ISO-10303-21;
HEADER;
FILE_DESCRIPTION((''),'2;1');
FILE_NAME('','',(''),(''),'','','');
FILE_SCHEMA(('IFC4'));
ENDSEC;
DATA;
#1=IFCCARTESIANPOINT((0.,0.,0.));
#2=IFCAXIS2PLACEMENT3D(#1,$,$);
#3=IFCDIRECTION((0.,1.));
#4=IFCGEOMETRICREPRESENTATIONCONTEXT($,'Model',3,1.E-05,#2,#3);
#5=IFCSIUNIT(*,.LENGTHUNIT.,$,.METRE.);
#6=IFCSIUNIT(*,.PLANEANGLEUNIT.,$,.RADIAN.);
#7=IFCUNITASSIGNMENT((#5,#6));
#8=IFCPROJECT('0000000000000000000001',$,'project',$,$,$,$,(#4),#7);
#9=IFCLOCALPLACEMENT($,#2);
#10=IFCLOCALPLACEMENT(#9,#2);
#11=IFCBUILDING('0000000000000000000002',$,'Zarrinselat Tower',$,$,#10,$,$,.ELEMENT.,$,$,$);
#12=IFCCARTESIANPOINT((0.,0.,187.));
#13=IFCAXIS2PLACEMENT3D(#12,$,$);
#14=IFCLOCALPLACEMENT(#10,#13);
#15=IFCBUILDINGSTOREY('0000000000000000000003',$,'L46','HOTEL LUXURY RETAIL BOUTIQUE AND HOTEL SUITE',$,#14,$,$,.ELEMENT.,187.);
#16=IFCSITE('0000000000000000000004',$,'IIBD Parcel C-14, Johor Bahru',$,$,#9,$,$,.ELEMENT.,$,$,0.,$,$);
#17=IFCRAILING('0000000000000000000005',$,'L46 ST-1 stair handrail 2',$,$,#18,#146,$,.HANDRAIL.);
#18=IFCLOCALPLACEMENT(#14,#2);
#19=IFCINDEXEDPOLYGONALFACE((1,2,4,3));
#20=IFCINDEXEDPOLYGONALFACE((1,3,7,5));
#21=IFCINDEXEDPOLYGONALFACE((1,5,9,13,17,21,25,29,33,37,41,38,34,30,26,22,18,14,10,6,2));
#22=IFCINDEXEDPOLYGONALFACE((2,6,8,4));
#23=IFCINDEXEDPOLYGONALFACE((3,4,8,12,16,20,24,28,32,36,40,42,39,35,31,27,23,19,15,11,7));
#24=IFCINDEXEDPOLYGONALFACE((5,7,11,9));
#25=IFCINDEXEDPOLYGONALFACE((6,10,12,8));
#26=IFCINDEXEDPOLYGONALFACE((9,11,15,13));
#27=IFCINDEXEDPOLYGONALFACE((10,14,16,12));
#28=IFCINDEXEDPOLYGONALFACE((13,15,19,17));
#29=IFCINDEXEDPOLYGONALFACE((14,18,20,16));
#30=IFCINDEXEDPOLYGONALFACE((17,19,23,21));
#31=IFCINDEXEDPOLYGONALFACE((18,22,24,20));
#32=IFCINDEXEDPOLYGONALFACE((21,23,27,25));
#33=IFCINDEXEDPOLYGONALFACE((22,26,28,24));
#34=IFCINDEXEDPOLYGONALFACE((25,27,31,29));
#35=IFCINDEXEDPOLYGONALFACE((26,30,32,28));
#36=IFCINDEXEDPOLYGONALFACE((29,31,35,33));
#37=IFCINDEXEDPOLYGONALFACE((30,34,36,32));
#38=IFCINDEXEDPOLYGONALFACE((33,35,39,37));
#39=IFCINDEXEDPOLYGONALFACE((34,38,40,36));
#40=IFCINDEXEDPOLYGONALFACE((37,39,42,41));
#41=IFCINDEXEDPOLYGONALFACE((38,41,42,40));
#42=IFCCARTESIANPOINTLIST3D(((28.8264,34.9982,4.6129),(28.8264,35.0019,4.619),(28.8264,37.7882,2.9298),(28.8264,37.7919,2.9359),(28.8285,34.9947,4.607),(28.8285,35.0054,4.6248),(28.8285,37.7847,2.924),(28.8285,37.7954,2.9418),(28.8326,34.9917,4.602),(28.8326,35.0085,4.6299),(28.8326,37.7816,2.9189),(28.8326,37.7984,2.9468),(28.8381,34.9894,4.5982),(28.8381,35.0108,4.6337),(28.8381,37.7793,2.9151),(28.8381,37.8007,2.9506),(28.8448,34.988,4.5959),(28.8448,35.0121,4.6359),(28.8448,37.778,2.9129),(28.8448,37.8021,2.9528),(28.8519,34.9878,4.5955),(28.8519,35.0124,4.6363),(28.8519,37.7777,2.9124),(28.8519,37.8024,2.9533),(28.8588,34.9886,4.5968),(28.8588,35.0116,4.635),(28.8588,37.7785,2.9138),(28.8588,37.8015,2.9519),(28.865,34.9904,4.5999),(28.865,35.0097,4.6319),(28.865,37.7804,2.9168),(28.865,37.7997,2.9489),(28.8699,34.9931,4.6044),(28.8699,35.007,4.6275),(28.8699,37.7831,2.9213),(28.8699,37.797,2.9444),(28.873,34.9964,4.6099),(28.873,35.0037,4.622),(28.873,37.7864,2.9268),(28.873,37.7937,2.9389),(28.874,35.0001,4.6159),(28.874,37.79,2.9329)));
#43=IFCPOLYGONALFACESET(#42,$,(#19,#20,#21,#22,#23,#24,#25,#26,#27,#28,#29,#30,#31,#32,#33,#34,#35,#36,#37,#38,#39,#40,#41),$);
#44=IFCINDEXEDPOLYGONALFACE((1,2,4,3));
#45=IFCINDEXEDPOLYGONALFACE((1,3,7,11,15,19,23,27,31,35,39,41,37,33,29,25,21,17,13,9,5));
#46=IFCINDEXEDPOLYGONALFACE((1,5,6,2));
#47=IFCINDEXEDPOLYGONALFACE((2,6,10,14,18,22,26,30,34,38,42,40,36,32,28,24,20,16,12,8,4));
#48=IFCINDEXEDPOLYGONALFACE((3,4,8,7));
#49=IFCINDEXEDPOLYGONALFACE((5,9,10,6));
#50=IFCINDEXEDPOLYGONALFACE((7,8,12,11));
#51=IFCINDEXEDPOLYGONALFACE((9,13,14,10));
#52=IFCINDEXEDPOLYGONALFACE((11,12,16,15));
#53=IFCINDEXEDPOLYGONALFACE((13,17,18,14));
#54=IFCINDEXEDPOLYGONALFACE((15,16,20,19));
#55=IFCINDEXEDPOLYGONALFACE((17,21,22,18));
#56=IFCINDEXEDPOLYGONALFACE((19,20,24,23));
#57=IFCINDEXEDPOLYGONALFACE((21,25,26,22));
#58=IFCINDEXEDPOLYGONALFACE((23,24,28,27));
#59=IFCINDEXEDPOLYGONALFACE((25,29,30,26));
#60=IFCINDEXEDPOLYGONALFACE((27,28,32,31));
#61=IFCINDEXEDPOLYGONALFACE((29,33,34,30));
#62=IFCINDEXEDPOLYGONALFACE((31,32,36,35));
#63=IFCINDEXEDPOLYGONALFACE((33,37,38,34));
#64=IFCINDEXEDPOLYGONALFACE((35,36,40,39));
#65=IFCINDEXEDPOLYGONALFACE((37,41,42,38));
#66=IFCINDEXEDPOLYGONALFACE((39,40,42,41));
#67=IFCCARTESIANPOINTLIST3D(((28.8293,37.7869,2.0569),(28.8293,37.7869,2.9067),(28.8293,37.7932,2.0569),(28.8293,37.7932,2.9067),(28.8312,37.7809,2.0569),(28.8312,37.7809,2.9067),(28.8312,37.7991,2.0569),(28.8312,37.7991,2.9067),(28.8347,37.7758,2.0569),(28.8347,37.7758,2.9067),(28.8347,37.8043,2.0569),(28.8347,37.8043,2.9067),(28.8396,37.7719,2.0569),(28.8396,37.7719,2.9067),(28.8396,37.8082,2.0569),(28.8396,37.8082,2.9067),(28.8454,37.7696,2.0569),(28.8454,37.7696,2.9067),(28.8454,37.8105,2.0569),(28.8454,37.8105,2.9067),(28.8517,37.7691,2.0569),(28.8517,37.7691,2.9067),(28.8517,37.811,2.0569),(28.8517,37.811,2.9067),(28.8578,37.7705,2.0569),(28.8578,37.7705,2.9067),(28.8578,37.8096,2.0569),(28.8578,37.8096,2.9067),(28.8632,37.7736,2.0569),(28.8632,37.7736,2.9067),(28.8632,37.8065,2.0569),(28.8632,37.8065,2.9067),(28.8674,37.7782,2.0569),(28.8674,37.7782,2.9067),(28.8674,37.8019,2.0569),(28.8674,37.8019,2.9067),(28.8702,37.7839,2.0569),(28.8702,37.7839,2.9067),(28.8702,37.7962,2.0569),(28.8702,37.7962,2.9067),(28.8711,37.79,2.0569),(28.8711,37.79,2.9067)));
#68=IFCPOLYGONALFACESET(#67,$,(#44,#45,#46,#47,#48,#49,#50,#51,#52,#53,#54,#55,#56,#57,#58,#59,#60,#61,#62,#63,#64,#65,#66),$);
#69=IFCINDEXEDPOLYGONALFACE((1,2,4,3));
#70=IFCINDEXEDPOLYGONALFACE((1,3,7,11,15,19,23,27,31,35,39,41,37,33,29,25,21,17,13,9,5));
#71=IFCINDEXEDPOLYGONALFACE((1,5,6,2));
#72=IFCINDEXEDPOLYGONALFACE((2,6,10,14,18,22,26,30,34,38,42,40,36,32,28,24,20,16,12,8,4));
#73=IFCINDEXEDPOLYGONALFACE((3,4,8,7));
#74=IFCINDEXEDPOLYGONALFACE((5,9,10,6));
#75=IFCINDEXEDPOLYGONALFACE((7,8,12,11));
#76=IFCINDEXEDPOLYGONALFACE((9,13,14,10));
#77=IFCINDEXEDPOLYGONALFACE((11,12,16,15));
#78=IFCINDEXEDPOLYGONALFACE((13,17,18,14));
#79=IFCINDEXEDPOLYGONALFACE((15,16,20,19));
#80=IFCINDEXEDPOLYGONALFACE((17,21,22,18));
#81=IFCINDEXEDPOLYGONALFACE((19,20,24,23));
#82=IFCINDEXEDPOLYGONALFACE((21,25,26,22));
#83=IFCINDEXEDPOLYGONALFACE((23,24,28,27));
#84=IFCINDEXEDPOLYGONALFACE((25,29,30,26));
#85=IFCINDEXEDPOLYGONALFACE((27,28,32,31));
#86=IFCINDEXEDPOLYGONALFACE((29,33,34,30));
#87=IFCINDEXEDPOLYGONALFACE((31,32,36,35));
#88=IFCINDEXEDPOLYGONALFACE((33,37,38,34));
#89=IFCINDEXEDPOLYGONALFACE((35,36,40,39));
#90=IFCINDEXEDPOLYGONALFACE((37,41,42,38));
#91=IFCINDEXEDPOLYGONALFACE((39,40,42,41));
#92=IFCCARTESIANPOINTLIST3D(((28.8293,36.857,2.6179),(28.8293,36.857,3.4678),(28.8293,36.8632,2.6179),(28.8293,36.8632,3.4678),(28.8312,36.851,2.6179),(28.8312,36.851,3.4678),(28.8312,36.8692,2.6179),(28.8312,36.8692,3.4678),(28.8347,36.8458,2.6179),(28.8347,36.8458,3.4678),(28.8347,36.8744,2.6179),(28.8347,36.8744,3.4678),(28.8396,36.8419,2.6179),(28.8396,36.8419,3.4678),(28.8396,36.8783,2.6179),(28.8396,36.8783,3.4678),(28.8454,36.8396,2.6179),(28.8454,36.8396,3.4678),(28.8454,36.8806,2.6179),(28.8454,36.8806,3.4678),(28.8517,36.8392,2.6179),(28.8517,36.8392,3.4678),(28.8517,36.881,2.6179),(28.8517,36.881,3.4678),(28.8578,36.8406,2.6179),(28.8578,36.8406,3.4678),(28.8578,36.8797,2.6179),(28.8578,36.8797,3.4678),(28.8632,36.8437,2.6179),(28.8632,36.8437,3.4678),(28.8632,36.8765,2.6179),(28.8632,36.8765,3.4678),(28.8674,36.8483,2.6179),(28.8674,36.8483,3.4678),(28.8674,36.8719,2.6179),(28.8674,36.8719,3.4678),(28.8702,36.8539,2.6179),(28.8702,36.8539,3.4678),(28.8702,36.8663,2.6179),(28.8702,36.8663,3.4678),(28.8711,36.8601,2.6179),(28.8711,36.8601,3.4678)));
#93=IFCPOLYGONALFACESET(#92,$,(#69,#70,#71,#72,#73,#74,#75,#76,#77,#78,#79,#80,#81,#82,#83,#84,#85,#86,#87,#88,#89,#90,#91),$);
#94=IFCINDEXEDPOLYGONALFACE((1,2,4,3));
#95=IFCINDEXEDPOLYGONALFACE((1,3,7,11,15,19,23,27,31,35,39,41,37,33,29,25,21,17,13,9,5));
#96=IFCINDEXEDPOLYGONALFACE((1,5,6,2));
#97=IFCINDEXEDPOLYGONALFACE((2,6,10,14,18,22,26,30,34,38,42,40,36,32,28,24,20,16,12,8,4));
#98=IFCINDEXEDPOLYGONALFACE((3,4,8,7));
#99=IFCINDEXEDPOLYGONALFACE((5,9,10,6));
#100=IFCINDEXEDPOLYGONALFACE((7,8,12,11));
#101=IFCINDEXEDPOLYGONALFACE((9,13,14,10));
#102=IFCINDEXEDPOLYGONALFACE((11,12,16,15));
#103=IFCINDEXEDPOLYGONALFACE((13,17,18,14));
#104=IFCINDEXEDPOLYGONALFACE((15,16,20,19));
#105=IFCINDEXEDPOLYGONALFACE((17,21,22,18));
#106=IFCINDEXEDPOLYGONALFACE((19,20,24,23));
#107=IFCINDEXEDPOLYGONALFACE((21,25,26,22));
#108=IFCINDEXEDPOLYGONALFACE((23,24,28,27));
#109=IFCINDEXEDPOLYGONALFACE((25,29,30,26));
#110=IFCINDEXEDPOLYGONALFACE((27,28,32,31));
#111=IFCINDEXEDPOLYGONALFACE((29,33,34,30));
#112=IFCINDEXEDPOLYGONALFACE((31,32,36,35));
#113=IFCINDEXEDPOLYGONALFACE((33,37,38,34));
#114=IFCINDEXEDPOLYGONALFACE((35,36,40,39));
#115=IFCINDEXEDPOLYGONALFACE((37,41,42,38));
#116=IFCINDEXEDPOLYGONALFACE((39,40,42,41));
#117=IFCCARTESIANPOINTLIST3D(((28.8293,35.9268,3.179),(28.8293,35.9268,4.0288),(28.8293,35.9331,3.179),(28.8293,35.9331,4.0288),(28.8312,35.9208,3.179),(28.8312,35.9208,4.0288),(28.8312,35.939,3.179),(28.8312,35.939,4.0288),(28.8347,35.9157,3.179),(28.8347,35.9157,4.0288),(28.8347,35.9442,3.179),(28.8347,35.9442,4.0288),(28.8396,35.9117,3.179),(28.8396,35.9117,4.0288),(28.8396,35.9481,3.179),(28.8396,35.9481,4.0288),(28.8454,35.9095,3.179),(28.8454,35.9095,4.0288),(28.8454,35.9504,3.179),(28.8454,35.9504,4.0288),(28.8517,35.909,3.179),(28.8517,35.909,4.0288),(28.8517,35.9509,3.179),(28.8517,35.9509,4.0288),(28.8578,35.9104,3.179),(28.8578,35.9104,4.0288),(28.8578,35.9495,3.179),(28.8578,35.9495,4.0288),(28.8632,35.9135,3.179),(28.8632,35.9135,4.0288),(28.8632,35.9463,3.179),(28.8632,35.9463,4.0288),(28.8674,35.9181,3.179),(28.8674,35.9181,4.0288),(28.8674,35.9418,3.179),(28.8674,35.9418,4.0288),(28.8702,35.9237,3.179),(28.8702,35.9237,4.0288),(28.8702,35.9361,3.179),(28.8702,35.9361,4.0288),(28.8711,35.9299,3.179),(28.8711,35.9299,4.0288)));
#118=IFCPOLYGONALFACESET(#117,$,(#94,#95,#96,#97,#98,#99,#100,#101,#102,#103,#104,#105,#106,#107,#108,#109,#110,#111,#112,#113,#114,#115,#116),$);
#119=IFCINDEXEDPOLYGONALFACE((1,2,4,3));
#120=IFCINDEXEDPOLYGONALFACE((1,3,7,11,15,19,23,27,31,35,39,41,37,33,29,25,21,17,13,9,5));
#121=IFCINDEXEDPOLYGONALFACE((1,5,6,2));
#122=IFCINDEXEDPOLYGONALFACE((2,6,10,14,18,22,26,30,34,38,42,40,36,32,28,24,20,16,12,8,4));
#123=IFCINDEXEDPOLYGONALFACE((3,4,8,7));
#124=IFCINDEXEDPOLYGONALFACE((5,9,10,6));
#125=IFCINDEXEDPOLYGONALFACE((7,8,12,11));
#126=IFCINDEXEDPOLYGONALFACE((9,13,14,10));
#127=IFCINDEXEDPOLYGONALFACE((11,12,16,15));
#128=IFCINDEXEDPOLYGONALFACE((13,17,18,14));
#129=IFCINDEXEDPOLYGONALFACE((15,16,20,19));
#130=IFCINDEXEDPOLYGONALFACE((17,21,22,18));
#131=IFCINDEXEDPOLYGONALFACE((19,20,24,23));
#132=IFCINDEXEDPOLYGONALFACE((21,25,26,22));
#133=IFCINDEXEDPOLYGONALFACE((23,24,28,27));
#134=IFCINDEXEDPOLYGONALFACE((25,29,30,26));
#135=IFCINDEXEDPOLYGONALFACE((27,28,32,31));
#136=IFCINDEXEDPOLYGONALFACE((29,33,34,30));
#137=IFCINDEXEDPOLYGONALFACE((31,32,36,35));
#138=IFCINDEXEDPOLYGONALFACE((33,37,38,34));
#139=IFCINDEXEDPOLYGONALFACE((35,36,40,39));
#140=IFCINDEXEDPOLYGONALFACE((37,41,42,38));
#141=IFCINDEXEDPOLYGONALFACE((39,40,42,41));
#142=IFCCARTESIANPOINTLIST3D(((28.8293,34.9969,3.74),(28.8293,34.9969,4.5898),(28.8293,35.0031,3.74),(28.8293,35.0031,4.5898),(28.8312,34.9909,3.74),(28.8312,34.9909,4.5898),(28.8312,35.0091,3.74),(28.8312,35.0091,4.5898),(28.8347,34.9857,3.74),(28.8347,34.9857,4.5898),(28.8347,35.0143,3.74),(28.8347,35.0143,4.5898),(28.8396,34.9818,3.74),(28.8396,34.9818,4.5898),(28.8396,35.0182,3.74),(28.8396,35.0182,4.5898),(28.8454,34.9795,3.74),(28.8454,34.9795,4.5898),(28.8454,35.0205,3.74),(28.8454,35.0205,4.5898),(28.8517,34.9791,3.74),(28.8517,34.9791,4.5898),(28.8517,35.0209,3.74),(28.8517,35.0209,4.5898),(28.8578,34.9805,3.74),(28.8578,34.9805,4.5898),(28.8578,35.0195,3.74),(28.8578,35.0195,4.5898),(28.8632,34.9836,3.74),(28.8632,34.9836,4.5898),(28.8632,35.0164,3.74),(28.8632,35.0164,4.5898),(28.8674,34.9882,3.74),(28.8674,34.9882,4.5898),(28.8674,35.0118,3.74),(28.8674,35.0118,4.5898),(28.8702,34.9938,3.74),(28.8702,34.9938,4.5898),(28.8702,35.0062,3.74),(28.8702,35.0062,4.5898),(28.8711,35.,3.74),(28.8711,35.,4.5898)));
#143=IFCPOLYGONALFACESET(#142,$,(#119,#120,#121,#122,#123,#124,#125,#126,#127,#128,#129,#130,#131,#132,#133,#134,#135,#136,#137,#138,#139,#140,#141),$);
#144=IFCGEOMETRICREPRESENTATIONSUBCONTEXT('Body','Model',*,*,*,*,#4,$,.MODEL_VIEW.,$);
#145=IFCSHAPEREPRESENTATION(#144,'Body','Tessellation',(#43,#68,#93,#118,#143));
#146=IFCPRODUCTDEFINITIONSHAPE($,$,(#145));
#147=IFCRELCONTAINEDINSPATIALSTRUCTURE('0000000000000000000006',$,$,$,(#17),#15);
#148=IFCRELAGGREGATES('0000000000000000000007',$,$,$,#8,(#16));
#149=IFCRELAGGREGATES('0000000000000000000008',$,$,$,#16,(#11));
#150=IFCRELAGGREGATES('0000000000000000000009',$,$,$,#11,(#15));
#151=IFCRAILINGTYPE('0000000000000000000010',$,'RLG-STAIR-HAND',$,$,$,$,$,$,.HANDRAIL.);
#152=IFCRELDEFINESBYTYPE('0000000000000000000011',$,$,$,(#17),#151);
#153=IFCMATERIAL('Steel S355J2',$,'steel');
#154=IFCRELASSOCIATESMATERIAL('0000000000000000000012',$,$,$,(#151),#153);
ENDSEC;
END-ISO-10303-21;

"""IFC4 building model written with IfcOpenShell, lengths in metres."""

from ifc_helpers import new_model, si_unit, direction, frame, origin, origin_2d, place, context, subcontext, project, spatial, circle, extrude, material, type_object, element, save


model = new_model("IFC4")

# Units and contexts
model_context = context("Model", 3, precision=1e-05, world=origin(), true_north=direction((0.0, 1.0)))
body_context = subcontext(model_context, "Body", "Model", "MODEL_VIEW")
ifc_project = project(units=[si_unit("LENGTHUNIT", "METRE"), si_unit("PLANEANGLEUNIT", "RADIAN")], contexts=[model_context])

# Site, building, storey
site_placement = place(None, origin())
site = spatial("IfcSite", under=ifc_project, at=site_placement, Name="IIBD Parcel C-14, Johor Bahru", CompositionType="ELEMENT", RefElevation=0.0)
building_placement = place(site_placement, origin())
building = spatial("IfcBuilding", under=site, at=building_placement, Name="Zarrinselat Tower", CompositionType="ELEMENT")
storey_placement = place(building_placement, frame((0.0, 0.0, 187.0)))
storey = spatial("IfcBuildingStorey", under=building, at=storey_placement, Name="L46", Description="HOTEL LUXURY RETAIL BOUTIQUE AND HOTEL SUITE", CompositionType="ELEMENT", Elevation=187.0)

# Railing
ifc_material_1 = material(Name="Steel S355J2", Category="steel")
railing_type_1 = type_object("IfcRailingType", Name="RLG-STAIR-HAND", PredefinedType="HANDRAIL", material=ifc_material_1)
railing_1_placement = place(storey_placement, frame((28.8501, 37.79, 2.0569)))
element("IfcRailing", 1, at=railing_1_placement, inside=storey, type_object=railing_type_1, Name="L46 ST-1 stair handrail 2", PredefinedType="HANDRAIL", context=body_context, shape_type="SweptSolid", body=[
    extrude(circle(Radius=0.0239, at=origin_2d()), frame((0.0, 0.0, 0.876), z_axis=(0.0, -0.856261, 0.516544), x_axis=(1.0, 0.0, 0.0)), (0.0, 0.0, 1.0), 3.2583),
    extrude(circle(Radius=0.021, at=origin_2d()), origin(), (0.0, 0.0, 1.0), 0.8499),
    extrude(circle(Radius=0.021, at=origin_2d()), frame((0.0, -0.9299, 0.561)), (0.0, 0.0, 1.0), 0.8499),
    extrude(circle(Radius=0.021, at=origin_2d()), frame((0.0, -1.8601, 1.1221)), (0.0, 0.0, 1.0), 0.8499),
    extrude(circle(Radius=0.021, at=origin_2d()), frame((0.0, -2.79, 1.6831)), (0.0, 0.0, 1.0), 0.8499),
])

save(model, "model.ifc")
